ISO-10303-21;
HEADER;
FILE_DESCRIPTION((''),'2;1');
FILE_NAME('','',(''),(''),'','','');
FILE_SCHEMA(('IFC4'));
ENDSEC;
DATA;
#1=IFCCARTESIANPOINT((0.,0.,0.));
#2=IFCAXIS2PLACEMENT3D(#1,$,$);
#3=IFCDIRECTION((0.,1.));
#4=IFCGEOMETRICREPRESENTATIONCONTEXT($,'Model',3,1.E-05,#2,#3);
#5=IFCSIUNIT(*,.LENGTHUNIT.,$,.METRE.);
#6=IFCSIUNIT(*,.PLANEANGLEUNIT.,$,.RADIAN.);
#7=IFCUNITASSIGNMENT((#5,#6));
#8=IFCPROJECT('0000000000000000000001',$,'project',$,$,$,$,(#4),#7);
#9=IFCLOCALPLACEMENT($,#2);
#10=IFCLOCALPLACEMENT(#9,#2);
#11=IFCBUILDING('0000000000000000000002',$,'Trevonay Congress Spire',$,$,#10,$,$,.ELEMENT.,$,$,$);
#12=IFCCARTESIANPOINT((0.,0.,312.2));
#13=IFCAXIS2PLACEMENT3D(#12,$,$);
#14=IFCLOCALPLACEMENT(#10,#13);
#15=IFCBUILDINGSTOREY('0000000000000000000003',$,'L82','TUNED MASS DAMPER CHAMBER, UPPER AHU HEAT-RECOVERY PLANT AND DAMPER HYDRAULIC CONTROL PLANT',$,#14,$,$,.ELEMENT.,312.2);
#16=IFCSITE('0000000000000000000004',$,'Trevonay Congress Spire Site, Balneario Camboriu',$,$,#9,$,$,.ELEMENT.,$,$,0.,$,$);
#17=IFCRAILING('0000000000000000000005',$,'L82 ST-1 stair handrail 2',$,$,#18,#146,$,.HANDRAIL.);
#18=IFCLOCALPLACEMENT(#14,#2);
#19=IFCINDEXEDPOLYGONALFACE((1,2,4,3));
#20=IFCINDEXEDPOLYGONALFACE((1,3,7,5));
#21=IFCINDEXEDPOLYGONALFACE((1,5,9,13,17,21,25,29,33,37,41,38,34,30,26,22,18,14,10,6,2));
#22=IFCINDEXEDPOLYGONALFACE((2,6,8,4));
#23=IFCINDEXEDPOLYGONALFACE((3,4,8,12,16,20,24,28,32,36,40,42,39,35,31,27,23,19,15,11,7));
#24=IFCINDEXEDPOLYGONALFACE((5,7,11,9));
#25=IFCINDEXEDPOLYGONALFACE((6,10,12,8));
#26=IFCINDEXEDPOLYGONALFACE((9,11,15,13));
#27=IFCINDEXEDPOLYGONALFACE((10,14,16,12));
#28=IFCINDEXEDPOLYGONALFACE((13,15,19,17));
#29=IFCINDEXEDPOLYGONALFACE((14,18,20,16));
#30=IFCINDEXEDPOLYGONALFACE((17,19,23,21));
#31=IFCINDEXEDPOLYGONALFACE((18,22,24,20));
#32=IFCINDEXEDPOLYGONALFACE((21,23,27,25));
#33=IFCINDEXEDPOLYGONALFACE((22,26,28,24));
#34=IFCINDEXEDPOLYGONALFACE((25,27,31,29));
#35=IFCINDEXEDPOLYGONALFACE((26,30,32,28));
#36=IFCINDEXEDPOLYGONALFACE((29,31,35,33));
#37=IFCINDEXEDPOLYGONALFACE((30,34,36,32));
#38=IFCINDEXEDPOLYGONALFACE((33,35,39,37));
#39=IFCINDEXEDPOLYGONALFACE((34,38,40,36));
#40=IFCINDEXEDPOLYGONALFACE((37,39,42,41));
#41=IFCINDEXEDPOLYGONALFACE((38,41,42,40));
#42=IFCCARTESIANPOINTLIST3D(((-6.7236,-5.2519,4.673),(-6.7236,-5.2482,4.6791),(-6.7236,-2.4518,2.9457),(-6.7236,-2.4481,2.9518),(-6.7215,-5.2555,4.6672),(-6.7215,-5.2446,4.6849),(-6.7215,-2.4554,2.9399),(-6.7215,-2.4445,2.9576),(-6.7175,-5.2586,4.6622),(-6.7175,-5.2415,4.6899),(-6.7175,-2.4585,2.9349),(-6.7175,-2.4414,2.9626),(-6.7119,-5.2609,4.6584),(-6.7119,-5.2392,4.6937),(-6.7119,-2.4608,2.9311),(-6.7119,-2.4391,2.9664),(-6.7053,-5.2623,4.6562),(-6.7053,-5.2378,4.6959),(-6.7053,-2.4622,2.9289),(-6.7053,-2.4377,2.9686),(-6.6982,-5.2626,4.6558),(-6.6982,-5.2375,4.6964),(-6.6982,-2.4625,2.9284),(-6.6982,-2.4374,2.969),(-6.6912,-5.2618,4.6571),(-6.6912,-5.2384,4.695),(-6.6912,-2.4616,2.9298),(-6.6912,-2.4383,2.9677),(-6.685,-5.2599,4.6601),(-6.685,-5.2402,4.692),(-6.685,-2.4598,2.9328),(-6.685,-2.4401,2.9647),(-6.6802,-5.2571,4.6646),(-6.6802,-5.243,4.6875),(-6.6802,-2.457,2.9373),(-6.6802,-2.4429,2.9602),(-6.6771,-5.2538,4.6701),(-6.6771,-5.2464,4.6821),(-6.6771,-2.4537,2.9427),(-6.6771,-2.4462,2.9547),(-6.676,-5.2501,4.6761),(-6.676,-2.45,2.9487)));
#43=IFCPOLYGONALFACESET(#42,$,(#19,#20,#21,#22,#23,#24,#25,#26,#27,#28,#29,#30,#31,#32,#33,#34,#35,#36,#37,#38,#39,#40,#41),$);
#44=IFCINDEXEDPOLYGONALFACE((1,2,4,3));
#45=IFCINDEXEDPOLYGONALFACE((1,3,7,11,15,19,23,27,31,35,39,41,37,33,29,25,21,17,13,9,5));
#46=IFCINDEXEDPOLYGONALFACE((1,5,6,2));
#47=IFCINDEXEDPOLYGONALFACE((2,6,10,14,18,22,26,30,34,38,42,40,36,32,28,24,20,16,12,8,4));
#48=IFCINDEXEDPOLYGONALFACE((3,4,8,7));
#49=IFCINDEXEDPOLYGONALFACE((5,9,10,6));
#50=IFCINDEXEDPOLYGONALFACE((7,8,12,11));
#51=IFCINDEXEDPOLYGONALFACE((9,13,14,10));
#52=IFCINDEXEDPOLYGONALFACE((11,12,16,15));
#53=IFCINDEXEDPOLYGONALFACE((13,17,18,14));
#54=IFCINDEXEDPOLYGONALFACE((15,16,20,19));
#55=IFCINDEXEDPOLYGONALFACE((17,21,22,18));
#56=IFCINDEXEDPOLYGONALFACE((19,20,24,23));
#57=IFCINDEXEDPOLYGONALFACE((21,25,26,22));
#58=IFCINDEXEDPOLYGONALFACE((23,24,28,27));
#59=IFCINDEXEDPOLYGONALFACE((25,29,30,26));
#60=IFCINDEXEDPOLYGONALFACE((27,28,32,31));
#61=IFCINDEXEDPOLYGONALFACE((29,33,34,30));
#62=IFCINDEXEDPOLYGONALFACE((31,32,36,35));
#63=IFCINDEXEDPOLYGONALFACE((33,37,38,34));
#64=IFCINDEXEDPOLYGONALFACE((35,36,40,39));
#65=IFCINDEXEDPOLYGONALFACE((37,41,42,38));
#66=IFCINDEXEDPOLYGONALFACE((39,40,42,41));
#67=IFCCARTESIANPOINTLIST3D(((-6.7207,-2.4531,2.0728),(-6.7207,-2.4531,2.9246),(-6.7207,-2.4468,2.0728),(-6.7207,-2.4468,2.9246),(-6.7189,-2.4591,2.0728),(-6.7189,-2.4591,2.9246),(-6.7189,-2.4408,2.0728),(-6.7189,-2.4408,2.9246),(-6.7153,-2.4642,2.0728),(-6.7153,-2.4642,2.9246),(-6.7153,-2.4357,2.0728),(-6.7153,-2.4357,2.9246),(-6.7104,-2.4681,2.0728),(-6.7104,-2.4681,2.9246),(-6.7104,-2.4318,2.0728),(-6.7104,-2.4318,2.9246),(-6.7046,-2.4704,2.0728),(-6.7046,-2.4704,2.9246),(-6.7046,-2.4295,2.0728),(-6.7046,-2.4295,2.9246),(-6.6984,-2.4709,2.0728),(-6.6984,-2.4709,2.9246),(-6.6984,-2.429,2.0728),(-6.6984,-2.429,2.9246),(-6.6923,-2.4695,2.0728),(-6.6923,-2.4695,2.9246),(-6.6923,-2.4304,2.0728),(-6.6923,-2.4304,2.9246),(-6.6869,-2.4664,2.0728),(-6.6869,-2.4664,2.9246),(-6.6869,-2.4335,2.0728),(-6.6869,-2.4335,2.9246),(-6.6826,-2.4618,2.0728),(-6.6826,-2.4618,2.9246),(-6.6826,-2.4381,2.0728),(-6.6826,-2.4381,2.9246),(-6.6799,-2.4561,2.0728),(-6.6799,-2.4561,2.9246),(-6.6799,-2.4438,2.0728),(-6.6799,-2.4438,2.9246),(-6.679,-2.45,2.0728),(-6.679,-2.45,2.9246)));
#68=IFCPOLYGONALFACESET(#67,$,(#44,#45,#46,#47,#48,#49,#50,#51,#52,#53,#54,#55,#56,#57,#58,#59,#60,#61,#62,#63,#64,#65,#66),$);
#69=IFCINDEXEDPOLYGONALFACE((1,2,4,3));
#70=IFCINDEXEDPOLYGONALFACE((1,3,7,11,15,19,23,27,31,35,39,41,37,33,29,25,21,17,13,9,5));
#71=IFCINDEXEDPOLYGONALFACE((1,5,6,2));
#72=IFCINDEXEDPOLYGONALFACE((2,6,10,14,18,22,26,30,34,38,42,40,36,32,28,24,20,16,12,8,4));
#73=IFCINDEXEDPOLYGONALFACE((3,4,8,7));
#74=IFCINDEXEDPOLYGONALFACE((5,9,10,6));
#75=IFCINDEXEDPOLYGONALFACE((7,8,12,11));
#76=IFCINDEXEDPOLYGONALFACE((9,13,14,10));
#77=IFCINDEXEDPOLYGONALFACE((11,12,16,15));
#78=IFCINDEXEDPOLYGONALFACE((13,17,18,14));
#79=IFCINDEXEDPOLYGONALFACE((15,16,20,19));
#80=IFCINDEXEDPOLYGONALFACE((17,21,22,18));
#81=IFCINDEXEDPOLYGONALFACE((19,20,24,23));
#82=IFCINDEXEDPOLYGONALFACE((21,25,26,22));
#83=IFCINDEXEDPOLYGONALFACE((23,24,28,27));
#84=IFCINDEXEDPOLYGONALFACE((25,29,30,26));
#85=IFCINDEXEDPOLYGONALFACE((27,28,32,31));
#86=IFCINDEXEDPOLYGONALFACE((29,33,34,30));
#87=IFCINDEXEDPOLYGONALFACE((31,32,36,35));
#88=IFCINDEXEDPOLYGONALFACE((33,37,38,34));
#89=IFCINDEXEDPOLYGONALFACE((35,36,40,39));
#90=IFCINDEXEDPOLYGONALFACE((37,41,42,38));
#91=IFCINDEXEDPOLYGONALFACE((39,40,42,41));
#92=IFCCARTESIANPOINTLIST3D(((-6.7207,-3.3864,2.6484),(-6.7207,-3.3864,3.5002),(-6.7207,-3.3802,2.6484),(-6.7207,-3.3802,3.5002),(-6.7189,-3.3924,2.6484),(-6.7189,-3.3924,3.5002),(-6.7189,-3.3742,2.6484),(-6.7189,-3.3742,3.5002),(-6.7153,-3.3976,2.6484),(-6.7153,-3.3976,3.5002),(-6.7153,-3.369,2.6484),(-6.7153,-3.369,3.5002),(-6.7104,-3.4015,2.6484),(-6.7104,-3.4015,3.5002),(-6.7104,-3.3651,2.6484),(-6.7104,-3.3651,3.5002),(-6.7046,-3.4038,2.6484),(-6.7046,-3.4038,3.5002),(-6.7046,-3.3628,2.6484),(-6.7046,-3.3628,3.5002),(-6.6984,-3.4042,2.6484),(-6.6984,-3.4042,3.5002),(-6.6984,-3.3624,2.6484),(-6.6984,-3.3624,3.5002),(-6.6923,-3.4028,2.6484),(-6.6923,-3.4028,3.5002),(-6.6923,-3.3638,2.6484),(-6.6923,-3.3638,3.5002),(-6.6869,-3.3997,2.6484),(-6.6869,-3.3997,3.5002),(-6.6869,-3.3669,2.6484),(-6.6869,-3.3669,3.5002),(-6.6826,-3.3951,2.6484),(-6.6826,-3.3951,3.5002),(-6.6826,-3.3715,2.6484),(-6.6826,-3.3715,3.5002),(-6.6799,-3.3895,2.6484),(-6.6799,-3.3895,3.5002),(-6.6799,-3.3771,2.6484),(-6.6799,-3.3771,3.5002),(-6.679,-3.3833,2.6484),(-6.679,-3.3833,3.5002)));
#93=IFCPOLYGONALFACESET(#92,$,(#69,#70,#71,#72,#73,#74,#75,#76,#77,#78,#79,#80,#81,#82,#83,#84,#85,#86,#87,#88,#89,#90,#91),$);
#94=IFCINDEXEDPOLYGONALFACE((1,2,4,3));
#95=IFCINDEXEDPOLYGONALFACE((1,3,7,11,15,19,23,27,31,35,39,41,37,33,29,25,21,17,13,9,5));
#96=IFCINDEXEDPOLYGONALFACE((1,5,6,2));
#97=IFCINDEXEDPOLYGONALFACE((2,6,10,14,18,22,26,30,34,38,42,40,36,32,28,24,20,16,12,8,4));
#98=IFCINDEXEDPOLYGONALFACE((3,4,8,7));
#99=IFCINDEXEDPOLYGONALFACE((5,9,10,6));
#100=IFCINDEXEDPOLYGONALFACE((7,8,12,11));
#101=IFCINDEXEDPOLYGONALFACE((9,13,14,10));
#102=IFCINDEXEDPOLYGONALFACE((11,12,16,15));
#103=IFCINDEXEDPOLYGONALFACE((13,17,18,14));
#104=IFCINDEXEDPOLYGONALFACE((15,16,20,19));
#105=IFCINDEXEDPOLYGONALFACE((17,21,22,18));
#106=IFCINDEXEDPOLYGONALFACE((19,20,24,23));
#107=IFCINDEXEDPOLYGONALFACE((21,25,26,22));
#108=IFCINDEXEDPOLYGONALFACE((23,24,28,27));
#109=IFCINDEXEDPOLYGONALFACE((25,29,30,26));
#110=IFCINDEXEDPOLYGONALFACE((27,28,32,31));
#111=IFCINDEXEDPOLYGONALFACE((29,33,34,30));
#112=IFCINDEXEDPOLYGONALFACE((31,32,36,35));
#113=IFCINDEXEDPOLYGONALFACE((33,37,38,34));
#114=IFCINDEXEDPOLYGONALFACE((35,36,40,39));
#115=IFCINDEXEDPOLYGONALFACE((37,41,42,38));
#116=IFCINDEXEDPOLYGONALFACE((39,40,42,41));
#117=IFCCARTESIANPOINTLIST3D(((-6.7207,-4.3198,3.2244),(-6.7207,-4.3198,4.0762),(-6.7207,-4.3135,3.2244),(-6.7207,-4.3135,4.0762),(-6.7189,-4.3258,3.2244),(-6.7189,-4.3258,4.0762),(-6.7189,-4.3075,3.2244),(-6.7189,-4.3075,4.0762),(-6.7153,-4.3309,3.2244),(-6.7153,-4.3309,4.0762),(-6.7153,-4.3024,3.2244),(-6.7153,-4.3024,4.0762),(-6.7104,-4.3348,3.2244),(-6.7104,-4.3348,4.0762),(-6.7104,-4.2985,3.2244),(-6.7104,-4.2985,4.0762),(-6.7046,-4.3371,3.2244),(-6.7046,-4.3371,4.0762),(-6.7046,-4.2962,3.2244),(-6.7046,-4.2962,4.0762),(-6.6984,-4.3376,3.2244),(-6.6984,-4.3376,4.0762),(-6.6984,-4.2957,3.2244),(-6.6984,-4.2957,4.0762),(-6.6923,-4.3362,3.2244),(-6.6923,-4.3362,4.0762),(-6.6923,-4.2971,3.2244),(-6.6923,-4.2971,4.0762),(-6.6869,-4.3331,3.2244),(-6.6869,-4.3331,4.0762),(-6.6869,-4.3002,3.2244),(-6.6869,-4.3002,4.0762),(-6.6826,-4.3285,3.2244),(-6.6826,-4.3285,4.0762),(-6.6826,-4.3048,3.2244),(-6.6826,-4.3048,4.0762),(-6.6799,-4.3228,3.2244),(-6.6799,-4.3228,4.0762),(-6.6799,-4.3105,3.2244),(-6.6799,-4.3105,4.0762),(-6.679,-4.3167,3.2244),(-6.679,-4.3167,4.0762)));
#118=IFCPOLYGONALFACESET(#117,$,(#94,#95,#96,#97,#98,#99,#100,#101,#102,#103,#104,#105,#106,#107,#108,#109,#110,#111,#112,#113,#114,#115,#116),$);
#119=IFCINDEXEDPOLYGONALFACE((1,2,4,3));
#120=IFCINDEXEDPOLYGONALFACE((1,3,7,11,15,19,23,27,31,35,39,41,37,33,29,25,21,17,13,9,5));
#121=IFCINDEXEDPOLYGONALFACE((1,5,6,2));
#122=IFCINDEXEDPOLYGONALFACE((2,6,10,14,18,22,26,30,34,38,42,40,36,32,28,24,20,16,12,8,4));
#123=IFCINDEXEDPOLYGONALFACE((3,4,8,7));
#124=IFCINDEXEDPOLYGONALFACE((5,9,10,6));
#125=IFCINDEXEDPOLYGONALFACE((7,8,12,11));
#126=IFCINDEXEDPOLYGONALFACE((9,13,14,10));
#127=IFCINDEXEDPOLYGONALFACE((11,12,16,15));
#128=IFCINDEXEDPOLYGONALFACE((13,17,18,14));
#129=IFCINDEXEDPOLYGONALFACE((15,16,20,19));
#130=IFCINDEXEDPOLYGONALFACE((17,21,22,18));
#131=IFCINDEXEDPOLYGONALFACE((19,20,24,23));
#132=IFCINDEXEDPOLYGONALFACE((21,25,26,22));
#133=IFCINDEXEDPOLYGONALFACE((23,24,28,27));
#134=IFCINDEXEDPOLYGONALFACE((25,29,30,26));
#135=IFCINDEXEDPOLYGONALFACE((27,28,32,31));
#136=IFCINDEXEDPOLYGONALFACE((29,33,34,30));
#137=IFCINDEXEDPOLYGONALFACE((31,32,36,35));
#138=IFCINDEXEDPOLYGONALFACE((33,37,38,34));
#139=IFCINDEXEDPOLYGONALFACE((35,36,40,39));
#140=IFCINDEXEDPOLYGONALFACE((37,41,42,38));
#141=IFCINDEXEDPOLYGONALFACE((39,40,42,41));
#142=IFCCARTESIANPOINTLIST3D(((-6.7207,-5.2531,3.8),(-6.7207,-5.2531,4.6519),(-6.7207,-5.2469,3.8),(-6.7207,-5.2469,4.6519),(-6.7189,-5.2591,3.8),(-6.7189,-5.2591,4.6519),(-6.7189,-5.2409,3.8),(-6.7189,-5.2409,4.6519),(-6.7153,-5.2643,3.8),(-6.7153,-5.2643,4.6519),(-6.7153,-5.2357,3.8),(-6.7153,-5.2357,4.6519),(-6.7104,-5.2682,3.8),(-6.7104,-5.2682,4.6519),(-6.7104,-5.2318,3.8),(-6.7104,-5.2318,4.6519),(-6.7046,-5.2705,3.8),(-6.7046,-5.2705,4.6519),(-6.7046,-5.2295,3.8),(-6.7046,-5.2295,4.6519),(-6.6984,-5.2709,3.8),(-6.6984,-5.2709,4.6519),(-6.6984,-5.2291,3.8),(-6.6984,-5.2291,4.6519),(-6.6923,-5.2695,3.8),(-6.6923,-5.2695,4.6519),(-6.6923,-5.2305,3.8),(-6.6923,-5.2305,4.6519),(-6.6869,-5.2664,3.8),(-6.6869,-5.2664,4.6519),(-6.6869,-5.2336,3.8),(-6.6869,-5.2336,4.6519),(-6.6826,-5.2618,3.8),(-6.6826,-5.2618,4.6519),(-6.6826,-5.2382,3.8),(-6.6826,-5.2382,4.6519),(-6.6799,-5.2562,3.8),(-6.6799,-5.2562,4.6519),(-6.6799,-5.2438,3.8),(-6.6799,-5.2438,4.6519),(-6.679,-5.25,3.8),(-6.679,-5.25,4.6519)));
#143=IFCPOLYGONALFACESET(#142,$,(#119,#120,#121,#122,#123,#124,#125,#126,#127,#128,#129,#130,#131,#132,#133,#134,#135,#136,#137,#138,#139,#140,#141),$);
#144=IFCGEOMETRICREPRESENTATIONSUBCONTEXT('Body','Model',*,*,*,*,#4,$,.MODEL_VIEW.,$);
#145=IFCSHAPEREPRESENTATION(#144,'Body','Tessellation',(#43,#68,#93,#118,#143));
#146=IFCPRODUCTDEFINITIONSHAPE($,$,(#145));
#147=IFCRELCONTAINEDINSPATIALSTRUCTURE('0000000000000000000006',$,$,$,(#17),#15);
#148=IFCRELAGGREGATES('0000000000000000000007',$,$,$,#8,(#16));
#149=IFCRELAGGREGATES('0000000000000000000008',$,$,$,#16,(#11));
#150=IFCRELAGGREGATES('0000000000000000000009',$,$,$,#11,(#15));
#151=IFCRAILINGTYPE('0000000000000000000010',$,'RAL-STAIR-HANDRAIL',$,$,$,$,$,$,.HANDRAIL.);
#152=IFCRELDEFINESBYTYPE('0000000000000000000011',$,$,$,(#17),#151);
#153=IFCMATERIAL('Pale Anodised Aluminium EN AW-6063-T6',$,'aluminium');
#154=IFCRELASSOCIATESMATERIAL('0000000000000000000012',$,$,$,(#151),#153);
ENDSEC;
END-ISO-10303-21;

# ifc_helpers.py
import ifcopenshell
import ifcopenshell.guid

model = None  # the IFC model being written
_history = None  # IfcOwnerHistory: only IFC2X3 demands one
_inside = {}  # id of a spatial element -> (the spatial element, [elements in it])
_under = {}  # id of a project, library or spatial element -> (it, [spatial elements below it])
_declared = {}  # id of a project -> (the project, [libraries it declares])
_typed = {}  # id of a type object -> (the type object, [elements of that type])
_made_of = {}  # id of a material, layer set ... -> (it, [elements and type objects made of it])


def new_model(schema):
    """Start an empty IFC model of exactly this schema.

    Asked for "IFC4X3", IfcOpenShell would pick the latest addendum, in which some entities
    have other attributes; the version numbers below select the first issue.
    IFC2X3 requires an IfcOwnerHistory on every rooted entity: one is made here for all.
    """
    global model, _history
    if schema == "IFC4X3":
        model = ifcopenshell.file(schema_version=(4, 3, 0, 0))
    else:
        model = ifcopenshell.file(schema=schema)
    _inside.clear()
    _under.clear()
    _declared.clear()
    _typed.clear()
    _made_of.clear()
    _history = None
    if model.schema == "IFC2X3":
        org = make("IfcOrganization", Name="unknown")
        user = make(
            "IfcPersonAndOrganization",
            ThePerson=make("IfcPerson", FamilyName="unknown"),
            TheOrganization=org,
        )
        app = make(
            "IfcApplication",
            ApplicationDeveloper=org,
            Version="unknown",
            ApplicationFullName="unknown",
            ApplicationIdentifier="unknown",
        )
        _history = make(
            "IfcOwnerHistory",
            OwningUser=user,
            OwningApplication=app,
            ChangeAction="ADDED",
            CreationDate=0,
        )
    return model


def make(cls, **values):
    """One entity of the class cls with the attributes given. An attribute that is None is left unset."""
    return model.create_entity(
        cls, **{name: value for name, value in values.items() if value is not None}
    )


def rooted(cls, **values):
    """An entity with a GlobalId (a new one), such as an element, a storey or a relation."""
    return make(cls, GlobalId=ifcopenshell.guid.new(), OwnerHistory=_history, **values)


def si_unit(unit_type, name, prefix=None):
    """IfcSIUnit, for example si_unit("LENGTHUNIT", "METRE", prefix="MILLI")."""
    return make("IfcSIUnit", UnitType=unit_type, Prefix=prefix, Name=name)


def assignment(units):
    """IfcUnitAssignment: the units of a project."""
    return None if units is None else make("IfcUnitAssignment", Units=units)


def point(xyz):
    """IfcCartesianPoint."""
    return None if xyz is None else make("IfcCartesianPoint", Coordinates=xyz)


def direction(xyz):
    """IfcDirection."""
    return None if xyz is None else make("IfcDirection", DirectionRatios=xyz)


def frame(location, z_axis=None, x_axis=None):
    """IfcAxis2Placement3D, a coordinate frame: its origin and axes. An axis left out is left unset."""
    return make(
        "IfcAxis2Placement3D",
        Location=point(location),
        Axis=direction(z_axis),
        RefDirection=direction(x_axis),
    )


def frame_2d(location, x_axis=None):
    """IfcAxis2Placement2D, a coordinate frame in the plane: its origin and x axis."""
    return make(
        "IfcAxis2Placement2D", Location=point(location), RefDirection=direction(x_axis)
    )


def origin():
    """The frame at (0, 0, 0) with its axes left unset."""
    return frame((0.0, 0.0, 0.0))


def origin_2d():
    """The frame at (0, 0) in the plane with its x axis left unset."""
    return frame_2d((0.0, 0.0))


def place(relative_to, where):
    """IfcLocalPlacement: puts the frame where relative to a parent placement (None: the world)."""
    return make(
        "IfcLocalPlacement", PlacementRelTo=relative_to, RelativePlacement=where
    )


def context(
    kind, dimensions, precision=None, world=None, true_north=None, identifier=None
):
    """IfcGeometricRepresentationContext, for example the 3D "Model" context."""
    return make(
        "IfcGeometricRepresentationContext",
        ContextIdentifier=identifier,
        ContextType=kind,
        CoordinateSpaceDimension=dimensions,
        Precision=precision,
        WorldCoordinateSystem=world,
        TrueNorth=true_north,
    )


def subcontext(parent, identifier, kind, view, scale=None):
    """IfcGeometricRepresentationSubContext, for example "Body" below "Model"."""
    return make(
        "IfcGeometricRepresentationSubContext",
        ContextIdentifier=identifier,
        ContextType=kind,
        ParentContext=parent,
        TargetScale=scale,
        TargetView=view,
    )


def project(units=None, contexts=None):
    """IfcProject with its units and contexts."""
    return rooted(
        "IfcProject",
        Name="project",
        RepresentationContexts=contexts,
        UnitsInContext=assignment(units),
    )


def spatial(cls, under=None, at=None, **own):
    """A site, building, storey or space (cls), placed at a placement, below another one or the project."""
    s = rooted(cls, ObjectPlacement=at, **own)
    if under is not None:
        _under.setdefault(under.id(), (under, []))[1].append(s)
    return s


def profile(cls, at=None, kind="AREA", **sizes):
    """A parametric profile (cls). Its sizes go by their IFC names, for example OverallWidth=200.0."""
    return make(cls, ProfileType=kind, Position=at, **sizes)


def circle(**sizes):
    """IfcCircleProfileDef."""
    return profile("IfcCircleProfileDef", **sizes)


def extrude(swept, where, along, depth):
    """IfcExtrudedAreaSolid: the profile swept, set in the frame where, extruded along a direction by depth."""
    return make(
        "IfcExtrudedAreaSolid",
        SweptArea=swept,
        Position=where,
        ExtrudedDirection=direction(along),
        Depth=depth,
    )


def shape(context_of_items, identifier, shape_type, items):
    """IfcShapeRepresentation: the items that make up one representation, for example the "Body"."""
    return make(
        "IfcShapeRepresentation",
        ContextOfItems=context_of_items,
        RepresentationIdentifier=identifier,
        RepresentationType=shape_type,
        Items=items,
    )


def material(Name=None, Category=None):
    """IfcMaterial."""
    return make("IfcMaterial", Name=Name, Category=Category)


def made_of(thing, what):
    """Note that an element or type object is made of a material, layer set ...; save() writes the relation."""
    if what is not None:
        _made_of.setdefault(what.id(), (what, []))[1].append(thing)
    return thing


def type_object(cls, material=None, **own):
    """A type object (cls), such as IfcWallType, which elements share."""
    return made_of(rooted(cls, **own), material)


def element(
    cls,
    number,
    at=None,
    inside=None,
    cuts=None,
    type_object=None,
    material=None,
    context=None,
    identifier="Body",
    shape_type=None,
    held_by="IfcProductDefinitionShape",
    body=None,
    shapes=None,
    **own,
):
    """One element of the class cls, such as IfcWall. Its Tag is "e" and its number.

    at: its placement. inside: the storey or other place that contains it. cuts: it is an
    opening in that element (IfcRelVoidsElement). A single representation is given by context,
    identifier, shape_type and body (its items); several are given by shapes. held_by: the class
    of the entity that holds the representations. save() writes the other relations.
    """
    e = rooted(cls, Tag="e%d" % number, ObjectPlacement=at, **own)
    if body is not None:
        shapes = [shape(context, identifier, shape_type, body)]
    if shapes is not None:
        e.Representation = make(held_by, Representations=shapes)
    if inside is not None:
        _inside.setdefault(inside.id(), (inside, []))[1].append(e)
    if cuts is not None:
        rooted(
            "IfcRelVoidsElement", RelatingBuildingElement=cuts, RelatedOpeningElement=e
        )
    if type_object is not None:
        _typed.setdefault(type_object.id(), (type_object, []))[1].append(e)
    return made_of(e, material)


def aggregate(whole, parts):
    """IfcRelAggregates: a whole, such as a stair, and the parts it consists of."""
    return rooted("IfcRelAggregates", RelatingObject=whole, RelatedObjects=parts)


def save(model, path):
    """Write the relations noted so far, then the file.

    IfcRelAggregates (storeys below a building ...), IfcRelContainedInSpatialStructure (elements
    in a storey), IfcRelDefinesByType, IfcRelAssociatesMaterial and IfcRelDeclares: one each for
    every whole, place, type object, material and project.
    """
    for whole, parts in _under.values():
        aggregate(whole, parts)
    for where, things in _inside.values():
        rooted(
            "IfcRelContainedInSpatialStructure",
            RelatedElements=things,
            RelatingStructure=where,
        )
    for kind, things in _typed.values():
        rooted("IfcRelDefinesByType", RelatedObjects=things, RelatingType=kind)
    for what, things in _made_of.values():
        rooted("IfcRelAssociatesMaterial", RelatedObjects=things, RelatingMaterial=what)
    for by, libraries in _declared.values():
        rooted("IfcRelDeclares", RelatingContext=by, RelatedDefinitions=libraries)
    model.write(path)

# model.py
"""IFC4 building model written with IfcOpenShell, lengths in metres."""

from ifc_helpers import new_model, si_unit, direction, frame, origin, origin_2d, place, context, subcontext, project, spatial, circle, extrude, material, type_object, element, save


model = new_model("IFC4")

# Units and contexts
model_context = context("Model", 3, precision=1e-05, world=origin(), true_north=direction((0.0, 1.0)))
body_context = subcontext(model_context, "Body", "Model", "MODEL_VIEW")
ifc_project = project(units=[si_unit("LENGTHUNIT", "METRE"), si_unit("PLANEANGLEUNIT", "RADIAN")], contexts=[model_context])

# Site, building, storey
site_placement = place(None, origin())
site = spatial("IfcSite", under=ifc_project, at=site_placement, Name="Trevonay Congress Spire Site, Balneario Camboriu", CompositionType="ELEMENT", RefElevation=0.0)
building_placement = place(site_placement, origin())
building = spatial("IfcBuilding", under=site, at=building_placement, Name="Trevonay Congress Spire", CompositionType="ELEMENT")
storey_placement = place(building_placement, frame((0.0, 0.0, 312.2)))
storey = spatial("IfcBuildingStorey", under=building, at=storey_placement, Name="L82", Description="TUNED MASS DAMPER CHAMBER, UPPER AHU HEAT-RECOVERY PLANT AND DAMPER HYDRAULIC CONTROL PLANT", CompositionType="ELEMENT", Elevation=312.2)

# Railing
ifc_material_1 = material(Name="Pale Anodised Aluminium EN AW-6063-T6", Category="aluminium")
railing_type_1 = type_object("IfcRailingType", Name="RAL-STAIR-HANDRAIL", PredefinedType="HANDRAIL", material=ifc_material_1)
railing_1_placement = place(storey_placement, frame((-6.7, -2.45, 2.0728)))
element("IfcRailing", 1, at=railing_1_placement, inside=storey, type_object=railing_type_1, Name="L82 ST-1 stair handrail 2", PredefinedType="HANDRAIL", context=body_context, shape_type="SweptSolid", body=[
    extrude(circle(Radius=0.0239, at=origin_2d()), frame((0.0, 0.0, 0.876), z_axis=(0.0, -0.85109, 0.52502), x_axis=(1.0, 0.0, 0.0)), (0.0, 0.0, 1.0), 3.29),
    extrude(circle(Radius=0.021, at=origin_2d()), origin(), (0.0, 0.0, 1.0), 0.8518),
    extrude(circle(Radius=0.021, at=origin_2d()), frame((0.0, -0.9333, 0.5757)), (0.0, 0.0, 1.0), 0.8518),
    extrude(circle(Radius=0.021, at=origin_2d()), frame((0.0, -1.8667, 1.1516)), (0.0, 0.0, 1.0), 0.8518),
    extrude(circle(Radius=0.021, at=origin_2d()), frame((0.0, -2.8, 1.7273)), (0.0, 0.0, 1.0), 0.8518),
])

save(model, "model.ifc")
